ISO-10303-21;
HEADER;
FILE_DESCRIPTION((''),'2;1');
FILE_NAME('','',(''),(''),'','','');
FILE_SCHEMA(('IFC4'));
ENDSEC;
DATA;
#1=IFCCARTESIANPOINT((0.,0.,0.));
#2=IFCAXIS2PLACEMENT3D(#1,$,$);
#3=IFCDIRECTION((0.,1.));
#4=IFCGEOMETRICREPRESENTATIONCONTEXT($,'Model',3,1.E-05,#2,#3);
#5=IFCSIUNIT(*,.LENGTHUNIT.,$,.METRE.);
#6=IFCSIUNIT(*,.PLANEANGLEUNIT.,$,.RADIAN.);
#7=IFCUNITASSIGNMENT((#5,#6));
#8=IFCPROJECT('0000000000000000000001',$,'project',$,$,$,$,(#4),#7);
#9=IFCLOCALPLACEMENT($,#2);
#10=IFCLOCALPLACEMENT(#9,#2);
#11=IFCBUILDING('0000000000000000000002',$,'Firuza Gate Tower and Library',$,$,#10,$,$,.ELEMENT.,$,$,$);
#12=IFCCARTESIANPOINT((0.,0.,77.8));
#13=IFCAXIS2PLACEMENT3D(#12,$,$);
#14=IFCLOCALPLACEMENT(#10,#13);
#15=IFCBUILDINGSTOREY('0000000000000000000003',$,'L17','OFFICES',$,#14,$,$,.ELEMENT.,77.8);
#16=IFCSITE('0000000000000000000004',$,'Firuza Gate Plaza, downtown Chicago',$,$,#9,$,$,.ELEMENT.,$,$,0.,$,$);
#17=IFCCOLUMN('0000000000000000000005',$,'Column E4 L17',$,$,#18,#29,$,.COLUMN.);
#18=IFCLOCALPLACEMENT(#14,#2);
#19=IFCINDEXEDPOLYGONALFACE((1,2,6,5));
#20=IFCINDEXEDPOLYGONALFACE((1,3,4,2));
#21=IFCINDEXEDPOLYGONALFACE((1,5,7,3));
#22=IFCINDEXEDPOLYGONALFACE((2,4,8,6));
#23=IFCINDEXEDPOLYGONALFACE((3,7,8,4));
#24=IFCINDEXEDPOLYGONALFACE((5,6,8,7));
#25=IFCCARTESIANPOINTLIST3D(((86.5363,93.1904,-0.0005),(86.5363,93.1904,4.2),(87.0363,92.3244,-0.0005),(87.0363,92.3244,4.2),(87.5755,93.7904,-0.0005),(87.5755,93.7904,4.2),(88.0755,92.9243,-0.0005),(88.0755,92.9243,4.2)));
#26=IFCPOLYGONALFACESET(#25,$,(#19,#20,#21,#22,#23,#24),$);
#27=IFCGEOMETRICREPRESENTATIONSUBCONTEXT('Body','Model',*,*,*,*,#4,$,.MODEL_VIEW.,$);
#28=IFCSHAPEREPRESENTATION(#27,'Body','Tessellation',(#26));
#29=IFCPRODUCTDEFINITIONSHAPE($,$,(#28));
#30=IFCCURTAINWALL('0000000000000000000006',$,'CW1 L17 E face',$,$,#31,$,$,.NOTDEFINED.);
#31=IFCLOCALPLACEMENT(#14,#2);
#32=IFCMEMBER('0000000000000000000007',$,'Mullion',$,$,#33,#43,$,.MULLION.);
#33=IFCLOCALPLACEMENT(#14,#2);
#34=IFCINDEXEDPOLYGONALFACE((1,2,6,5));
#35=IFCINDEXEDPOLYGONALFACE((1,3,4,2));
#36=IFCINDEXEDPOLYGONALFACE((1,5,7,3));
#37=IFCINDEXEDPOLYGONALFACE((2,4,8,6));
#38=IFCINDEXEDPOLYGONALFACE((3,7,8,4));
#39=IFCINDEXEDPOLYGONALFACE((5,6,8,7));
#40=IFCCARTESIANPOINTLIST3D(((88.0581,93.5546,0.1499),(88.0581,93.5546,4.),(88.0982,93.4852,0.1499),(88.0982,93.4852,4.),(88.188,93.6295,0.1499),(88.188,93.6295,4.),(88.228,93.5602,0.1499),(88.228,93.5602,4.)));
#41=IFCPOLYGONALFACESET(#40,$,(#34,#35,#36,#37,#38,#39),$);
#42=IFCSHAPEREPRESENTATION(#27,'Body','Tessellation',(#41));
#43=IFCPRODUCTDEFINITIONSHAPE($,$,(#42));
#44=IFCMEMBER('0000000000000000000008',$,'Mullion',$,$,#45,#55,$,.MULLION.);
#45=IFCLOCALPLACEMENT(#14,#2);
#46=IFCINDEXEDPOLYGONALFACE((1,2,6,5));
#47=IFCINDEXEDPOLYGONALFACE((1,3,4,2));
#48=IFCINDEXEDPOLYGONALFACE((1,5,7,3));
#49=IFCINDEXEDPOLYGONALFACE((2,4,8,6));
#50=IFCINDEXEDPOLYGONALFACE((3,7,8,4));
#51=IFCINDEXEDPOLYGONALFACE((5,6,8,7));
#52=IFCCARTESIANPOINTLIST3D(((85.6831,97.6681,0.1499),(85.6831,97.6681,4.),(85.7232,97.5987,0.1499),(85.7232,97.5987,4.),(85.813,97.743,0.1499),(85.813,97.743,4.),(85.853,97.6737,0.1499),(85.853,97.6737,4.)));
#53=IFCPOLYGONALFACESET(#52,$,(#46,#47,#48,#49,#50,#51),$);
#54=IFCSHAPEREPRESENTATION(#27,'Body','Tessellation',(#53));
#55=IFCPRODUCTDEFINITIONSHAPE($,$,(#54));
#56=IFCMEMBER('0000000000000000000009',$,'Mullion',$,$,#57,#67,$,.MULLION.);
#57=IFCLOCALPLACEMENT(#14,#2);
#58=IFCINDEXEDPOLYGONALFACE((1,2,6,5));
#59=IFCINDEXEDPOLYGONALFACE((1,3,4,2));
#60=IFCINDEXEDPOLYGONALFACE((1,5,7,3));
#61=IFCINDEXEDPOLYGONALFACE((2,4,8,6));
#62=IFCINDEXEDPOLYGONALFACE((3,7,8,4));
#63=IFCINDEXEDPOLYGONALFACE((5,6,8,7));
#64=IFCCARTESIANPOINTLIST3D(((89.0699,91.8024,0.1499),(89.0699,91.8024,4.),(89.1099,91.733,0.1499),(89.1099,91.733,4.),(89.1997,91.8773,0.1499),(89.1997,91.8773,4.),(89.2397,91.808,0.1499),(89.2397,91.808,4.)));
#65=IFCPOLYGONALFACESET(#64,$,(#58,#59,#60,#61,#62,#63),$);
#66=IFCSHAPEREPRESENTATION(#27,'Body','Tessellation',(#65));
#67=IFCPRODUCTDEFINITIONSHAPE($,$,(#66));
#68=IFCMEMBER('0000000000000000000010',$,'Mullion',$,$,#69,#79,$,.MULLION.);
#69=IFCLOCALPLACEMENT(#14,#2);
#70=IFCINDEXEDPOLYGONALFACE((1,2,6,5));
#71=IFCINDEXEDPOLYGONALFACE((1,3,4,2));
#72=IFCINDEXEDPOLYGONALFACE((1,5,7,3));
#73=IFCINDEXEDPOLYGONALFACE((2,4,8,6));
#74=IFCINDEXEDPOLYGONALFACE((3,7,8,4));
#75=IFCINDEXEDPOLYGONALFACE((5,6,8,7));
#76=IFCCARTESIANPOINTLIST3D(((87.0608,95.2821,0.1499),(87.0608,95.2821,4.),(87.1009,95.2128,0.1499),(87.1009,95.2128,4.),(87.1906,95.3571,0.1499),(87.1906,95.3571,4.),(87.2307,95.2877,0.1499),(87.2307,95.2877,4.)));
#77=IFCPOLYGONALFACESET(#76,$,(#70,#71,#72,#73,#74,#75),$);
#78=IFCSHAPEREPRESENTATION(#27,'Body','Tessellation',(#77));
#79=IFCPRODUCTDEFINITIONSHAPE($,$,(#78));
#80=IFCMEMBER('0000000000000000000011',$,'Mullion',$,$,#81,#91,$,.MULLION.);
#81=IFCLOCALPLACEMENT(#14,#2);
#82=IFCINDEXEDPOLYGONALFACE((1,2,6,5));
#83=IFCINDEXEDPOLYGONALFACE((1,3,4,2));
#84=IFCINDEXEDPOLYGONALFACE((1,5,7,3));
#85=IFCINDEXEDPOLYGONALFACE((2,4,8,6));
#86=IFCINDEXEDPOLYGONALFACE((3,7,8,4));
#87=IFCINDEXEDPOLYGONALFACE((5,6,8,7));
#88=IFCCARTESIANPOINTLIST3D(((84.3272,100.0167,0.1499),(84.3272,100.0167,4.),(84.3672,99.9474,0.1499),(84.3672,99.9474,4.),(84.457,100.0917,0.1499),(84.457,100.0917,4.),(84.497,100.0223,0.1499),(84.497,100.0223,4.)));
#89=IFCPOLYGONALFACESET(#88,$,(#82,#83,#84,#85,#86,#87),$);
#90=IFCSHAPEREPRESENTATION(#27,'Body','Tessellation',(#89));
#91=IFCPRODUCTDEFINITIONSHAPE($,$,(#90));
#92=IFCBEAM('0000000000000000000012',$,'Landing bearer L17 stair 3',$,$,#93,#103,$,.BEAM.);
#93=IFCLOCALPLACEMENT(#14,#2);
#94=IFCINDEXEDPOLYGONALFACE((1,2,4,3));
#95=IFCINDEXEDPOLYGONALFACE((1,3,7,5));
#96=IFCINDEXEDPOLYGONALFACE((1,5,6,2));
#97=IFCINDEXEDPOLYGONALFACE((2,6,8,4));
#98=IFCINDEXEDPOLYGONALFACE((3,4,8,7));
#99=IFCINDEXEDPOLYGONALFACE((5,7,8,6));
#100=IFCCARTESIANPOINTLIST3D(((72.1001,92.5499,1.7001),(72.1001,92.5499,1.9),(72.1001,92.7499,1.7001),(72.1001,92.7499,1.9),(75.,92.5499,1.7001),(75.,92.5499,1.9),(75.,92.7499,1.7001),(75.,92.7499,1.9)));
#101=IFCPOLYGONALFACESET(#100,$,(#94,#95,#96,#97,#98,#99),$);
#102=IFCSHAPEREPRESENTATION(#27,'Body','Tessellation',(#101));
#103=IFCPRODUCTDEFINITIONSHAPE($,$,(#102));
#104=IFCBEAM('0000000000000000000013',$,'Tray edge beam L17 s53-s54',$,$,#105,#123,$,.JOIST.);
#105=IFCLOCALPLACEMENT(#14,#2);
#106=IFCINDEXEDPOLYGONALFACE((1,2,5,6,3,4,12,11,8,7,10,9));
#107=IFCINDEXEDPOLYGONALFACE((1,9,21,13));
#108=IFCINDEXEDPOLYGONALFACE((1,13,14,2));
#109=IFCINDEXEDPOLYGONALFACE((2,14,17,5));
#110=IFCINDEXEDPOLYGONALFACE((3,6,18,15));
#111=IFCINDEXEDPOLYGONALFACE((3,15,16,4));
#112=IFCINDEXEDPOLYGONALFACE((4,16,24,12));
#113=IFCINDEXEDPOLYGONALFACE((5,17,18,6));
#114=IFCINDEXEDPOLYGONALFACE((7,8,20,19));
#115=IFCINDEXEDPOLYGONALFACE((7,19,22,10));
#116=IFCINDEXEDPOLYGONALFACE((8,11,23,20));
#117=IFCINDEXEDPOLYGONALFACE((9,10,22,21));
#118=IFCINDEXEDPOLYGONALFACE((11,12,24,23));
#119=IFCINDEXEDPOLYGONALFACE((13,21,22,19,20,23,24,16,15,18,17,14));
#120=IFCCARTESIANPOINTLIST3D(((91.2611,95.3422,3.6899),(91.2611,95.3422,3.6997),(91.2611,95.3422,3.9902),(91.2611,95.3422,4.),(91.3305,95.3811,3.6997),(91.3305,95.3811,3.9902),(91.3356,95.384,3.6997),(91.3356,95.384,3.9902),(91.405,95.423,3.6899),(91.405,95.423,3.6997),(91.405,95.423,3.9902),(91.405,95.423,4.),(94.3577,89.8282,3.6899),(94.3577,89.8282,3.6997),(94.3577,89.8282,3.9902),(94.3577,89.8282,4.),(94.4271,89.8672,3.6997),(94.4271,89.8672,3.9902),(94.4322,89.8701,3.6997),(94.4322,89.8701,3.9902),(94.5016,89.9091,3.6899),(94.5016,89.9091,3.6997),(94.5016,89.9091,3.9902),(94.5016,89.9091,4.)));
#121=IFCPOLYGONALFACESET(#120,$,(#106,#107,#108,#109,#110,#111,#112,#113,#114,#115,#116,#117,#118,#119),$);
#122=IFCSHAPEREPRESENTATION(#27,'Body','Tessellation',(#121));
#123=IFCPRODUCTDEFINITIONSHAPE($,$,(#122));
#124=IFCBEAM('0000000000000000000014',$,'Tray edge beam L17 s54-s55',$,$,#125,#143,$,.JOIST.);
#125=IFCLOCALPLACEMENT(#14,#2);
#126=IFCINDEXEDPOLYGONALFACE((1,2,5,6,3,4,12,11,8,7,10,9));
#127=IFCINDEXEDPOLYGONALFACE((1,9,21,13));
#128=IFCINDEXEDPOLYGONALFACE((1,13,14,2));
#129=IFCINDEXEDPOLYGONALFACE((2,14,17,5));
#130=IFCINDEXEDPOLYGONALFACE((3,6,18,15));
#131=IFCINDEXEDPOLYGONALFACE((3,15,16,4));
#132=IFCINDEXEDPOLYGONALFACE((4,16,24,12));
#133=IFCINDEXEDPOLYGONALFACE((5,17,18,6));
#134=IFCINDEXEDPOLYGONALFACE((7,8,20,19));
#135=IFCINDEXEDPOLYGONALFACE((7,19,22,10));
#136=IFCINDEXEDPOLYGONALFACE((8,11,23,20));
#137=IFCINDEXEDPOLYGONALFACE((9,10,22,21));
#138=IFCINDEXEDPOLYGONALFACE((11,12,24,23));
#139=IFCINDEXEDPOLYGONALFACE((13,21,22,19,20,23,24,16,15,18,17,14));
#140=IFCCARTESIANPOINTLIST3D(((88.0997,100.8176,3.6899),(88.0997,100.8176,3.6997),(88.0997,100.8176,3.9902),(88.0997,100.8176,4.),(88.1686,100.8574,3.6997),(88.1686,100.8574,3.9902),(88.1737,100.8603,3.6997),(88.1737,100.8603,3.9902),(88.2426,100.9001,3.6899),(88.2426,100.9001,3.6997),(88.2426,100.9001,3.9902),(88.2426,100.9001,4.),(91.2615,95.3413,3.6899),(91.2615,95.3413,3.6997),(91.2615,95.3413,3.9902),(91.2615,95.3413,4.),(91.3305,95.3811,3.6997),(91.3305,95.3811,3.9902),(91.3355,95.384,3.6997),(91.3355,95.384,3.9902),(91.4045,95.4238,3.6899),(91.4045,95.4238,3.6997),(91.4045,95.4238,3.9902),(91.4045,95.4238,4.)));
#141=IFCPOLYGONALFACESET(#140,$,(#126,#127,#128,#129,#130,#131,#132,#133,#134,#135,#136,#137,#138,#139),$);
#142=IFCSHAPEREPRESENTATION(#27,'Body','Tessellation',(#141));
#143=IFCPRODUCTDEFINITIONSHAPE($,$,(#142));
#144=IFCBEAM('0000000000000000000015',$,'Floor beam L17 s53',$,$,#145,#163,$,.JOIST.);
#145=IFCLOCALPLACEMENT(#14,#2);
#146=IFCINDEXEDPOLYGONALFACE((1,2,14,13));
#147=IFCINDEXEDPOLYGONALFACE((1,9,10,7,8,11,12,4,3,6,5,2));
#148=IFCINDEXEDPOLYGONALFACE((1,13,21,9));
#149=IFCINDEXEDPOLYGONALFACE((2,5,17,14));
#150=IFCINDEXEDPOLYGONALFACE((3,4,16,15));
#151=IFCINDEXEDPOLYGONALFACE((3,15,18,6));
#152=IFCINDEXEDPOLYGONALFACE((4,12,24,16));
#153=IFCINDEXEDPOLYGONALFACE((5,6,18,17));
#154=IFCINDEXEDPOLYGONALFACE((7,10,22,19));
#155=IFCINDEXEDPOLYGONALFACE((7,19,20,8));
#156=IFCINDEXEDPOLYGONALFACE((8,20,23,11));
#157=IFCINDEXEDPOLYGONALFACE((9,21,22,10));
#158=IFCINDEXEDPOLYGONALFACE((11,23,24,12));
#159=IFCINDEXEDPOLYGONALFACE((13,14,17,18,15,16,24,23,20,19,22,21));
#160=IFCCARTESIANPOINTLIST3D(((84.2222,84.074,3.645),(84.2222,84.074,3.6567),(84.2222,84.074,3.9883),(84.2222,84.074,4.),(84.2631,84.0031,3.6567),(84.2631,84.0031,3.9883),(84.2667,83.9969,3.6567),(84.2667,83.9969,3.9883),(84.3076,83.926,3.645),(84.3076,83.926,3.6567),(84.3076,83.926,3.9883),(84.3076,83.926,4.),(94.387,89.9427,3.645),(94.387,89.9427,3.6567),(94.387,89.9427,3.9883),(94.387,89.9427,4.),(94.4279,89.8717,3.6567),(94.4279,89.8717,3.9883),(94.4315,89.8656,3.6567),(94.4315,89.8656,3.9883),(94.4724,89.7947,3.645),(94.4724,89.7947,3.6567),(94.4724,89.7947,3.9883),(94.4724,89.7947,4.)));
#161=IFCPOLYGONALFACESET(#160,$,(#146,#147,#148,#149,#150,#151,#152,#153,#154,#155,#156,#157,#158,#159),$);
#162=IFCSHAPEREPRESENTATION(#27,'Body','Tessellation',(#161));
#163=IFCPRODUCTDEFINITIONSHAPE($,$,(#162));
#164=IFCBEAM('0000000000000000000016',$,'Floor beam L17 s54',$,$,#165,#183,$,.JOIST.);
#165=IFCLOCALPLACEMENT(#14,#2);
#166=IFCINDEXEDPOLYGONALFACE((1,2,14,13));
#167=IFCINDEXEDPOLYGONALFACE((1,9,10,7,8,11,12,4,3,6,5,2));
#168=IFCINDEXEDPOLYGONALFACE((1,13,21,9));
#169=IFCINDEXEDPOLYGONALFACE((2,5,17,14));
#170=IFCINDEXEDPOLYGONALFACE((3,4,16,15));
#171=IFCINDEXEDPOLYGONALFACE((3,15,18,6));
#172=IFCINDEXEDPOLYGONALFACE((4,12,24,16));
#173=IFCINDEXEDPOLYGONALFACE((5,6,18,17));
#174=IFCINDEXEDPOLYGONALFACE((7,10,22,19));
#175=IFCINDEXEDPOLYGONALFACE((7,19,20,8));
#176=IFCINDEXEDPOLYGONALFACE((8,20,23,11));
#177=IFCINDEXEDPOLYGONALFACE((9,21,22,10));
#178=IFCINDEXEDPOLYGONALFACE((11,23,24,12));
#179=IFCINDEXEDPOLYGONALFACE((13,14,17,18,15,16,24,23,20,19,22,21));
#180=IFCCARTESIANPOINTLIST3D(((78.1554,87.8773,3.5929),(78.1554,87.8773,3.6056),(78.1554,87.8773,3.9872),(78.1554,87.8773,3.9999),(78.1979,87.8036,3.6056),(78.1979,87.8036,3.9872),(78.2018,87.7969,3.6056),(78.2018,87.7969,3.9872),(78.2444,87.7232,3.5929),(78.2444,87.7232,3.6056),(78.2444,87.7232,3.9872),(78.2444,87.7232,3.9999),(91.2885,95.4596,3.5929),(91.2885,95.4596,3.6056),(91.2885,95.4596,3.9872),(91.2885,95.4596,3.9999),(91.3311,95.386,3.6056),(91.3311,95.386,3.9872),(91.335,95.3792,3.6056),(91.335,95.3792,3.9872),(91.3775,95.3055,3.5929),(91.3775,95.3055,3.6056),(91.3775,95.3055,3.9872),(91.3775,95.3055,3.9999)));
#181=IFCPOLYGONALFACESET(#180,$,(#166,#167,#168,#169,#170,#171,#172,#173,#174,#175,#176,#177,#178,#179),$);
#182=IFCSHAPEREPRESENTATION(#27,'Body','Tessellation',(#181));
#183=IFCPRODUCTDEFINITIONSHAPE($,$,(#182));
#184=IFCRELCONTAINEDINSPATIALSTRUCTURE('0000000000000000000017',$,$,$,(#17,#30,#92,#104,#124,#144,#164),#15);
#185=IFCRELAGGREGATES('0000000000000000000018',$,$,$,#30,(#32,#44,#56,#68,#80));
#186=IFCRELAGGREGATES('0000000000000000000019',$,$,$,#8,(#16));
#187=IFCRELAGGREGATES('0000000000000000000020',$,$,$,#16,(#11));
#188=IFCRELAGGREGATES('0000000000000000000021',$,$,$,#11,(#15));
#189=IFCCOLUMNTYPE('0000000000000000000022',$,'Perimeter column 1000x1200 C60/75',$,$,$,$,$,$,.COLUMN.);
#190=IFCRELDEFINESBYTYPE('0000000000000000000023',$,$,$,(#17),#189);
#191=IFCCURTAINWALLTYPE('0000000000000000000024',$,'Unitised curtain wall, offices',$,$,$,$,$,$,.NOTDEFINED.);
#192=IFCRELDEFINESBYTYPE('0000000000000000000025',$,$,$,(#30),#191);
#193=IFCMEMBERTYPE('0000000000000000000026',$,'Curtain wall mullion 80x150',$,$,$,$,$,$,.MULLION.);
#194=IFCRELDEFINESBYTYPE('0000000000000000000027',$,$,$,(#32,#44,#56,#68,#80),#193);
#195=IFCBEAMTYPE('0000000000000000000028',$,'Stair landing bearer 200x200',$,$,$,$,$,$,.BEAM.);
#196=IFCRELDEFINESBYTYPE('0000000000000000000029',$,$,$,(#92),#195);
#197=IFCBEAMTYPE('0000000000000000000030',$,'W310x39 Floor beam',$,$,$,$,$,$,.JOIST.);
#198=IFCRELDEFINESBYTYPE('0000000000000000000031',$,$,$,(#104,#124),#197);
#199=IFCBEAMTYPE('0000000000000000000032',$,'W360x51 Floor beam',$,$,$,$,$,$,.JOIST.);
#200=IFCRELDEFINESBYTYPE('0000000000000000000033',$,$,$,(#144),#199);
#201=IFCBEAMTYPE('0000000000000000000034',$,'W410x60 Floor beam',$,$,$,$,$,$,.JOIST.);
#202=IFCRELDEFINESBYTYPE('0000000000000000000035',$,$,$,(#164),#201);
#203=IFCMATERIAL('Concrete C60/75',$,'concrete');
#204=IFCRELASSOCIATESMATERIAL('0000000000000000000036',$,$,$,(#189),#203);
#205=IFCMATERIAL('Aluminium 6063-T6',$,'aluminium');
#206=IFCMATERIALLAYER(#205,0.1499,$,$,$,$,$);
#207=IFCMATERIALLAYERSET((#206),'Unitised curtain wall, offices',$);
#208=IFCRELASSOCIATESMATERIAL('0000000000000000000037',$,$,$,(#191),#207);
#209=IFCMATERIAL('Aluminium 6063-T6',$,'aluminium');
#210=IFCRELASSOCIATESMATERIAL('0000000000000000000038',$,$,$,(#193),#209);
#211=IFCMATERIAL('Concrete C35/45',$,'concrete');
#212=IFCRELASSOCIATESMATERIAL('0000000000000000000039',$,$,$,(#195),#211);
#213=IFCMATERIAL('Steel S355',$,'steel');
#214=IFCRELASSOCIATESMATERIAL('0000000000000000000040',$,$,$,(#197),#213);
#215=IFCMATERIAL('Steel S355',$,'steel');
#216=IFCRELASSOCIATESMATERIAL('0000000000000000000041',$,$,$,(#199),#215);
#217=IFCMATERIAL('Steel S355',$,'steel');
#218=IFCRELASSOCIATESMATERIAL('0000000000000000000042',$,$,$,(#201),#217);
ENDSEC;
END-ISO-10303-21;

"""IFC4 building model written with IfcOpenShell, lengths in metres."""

from ifc_helpers import new_model, si_unit, direction, frame, origin, origin_2d, place, context, subcontext, project, spatial, rectangle, i_section, extrude, material, layer, layer_set, material_profile, profile_set, type_object, element, aggregate, save


model = new_model("IFC4")

# Units and contexts
model_context = context("Model", 3, precision=1e-05, world=origin(), true_north=direction((0.0, 1.0)))
body_context = subcontext(model_context, "Body", "Model", "MODEL_VIEW")
ifc_project = project(units=[si_unit("LENGTHUNIT", "METRE"), si_unit("PLANEANGLEUNIT", "RADIAN")], contexts=[model_context])

# Site, building, storey
site_placement = place(None, origin())
site = spatial("IfcSite", under=ifc_project, at=site_placement, Name="Firuza Gate Plaza, downtown Chicago", CompositionType="ELEMENT", RefElevation=0.0)
building_placement = place(site_placement, origin())
building = spatial("IfcBuilding", under=site, at=building_placement, Name="Firuza Gate Tower and Library", CompositionType="ELEMENT")
storey_placement = place(building_placement, frame((0.0, 0.0, 77.8)))
storey = spatial("IfcBuildingStorey", under=building, at=storey_placement, Name="L17", Description="OFFICES", CompositionType="ELEMENT", Elevation=77.8)

# Column
ifc_material_1 = material(Name="Concrete C60/75", Category="concrete")
ifc_material_profile_1 = material_profile(ifc_material_1, rectangle(XDim=1.0, YDim=1.2, at=origin_2d()))
ifc_profile_set_1 = profile_set([ifc_material_profile_1], Name="Concrete C60/75")
column_type = type_object("IfcColumnType", Name="Perimeter column 1000x1200 C60/75", PredefinedType="COLUMN", material=ifc_profile_set_1)
column_placement = place(storey_placement, frame((87.3059, 93.0574, -0.0005), z_axis=(0.0, 0.0, 1.0), x_axis=(-0.5, 0.866025, 0.0)))
element("IfcColumn", 1, at=column_placement, inside=storey, type_object=column_type, Name="Column E4 L17", PredefinedType="COLUMN", context=body_context, shape_type="SweptSolid", body=[
    extrude(rectangle(XDim=1.0, YDim=1.2, at=origin_2d()), origin(), (0.0, 0.0, 1.0), 4.2004),
])

# Curtain wall, members
ifc_material_2 = material(Name="Aluminium 6063-T6", Category="aluminium")
ifc_layer_1 = layer(ifc_material_2, 0.1499)
ifc_layer_set_1 = layer_set([ifc_layer_1], Name="Unitised curtain wall, offices")
curtain_wall_type = type_object("IfcCurtainWallType", Name="Unitised curtain wall, offices", PredefinedType="NOTDEFINED", material=ifc_layer_set_1)
curtain_wall_placement = place(storey_placement, origin())
curtain_wall = element("IfcCurtainWall", 2, at=curtain_wall_placement, inside=storey, type_object=curtain_wall_type, Name="CW1 L17 E face", PredefinedType="NOTDEFINED")
ifc_material_3 = material(Name="Aluminium 6063-T6", Category="aluminium")
ifc_material_profile_2 = material_profile(ifc_material_3, rectangle(XDim=0.1499, YDim=0.0801, at=origin_2d()))
ifc_profile_set_2 = profile_set([ifc_material_profile_2], Name="Aluminium 6063-T6")
member_type = type_object("IfcMemberType", Name="Curtain wall mullion 80x150", PredefinedType="MULLION", material=ifc_profile_set_2)
member_1_placement = place(storey_placement, frame((88.1431, 93.5574, 0.1499), z_axis=(0.0, 0.0, 1.0), x_axis=(-0.866025, -0.5, 0.0)))
member_1 = element("IfcMember", 3, at=member_1_placement, type_object=member_type, Name="Mullion", PredefinedType="MULLION", context=body_context, shape_type="SweptSolid", body=[
    extrude(rectangle(XDim=0.1499, YDim=0.0801, at=origin_2d()), origin(), (0.0, 0.0, 1.0), 3.8501),
])
member_2_placement = place(storey_placement, frame((85.7681, 97.6709, 0.1499), z_axis=(0.0, 0.0, 1.0), x_axis=(-0.866025, -0.5, 0.0)))
member_2 = element("IfcMember", 4, at=member_2_placement, type_object=member_type, Name="Mullion", PredefinedType="MULLION", context=body_context, shape_type="SweptSolid", body=[
    extrude(rectangle(XDim=0.1499, YDim=0.0801, at=origin_2d()), origin(), (0.0, 0.0, 1.0), 3.8501),
])
member_3_placement = place(storey_placement, frame((89.1548, 91.8052, 0.1499), z_axis=(0.0, 0.0, 1.0), x_axis=(-0.866025, -0.5, 0.0)))
member_3 = element("IfcMember", 5, at=member_3_placement, type_object=member_type, Name="Mullion", PredefinedType="MULLION", context=body_context, shape_type="SweptSolid", body=[
    extrude(rectangle(XDim=0.1499, YDim=0.0801, at=origin_2d()), origin(), (0.0, 0.0, 1.0), 3.8501),
])
member_4_placement = place(storey_placement, frame((87.1458, 95.2849, 0.1499), z_axis=(0.0, 0.0, 1.0), x_axis=(-0.866025, -0.5, 0.0)))
member_4 = element("IfcMember", 6, at=member_4_placement, type_object=member_type, Name="Mullion", PredefinedType="MULLION", context=body_context, shape_type="SweptSolid", body=[
    extrude(rectangle(XDim=0.1499, YDim=0.0801, at=origin_2d()), origin(), (0.0, 0.0, 1.0), 3.8501),
])
member_5_placement = place(storey_placement, frame((84.4121, 100.0195, 0.1499), z_axis=(0.0, 0.0, 1.0), x_axis=(-0.866025, -0.5, 0.0)))
member_5 = element("IfcMember", 7, at=member_5_placement, type_object=member_type, Name="Mullion", PredefinedType="MULLION", context=body_context, shape_type="SweptSolid", body=[
    extrude(rectangle(XDim=0.1499, YDim=0.0801, at=origin_2d()), origin(), (0.0, 0.0, 1.0), 3.8501),
])

# Beams
ifc_material_4 = material(Name="Concrete C35/45", Category="concrete")
ifc_material_profile_3 = material_profile(ifc_material_4, rectangle(XDim=0.2, YDim=0.2, at=origin_2d()))
ifc_profile_set_3 = profile_set([ifc_material_profile_3], Name="Concrete C35/45")
beam_type_1 = type_object("IfcBeamType", Name="Stair landing bearer 200x200", PredefinedType="BEAM", material=ifc_profile_set_3)
beam_1_placement = place(storey_placement, frame((75.0, 92.6499, 1.8), z_axis=(-1.0, 0.0, 0.0), x_axis=(0.0, -1.0, 0.0)))
element("IfcBeam", 8, at=beam_1_placement, inside=storey, type_object=beam_type_1, Name="Landing bearer L17 stair 3", PredefinedType="BEAM", context=body_context, shape_type="SweptSolid", body=[
    extrude(rectangle(XDim=0.2, YDim=0.2, at=origin_2d()), origin(), (0.0, 0.0, 1.0), 2.8999),
])
ifc_material_5 = material(Name="Steel S355", Category="steel")
ifc_material_profile_4 = material_profile(ifc_material_5, i_section(OverallWidth=0.165, OverallDepth=0.3101, WebThickness=0.0059, FlangeThickness=0.0098, at=origin_2d()))
ifc_profile_set_4 = profile_set([ifc_material_profile_4], Name="Steel S355")
beam_type_2 = type_object("IfcBeamType", Name="W310x39 Floor beam", PredefinedType="JOIST", material=ifc_profile_set_4)
beam_2_placement = place(storey_placement, frame((94.4297, 89.8687, 3.845), z_axis=(-0.489673, 0.871906, 0.0), x_axis=(-0.871906, -0.489673, 0.0)))
element("IfcBeam", 9, at=beam_2_placement, inside=storey, type_object=beam_type_2, Name="Tray edge beam L17 s53-s54", PredefinedType="JOIST", context=body_context, shape_type="SweptSolid", body=[
    extrude(i_section(OverallWidth=0.165, OverallDepth=0.3101, WebThickness=0.0059, FlangeThickness=0.0098, at=origin_2d()), origin(), (0.0, 0.0, 1.0), 6.324),
])
beam_3_placement = place(storey_placement, frame((91.333, 95.3826, 3.845), z_axis=(-0.500013, 0.866018, 0.0), x_axis=(-0.866018, -0.500013, 0.0)))
element("IfcBeam", 10, at=beam_3_placement, inside=storey, type_object=beam_type_2, Name="Tray edge beam L17 s54-s55", PredefinedType="JOIST", context=body_context, shape_type="SweptSolid", body=[
    extrude(i_section(OverallWidth=0.165, OverallDepth=0.3101, WebThickness=0.0059, FlangeThickness=0.0098, at=origin_2d()), origin(), (0.0, 0.0, 1.0), 6.3235),
])
ifc_material_6 = material(Name="Steel S355", Category="steel")
ifc_material_profile_5 = material_profile(ifc_material_6, i_section(OverallWidth=0.1709, OverallDepth=0.355, WebThickness=0.0071, FlangeThickness=0.0117, at=origin_2d()))
ifc_profile_set_5 = profile_set([ifc_material_profile_5], Name="Steel S355")
beam_type_3 = type_object("IfcBeamType", Name="W360x51 Floor beam", PredefinedType="JOIST", material=ifc_profile_set_5)
beam_4_placement = place(storey_placement, frame((94.4297, 89.8687, 3.8225), z_axis=(-0.866025, -0.5, 0.0), x_axis=(0.5, -0.866025, 0.0)))
element("IfcBeam", 11, at=beam_4_placement, inside=storey, type_object=beam_type_3, Name="Floor beam L17 s53", PredefinedType="JOIST", context=body_context, shape_type="SweptSolid", body=[
    extrude(i_section(OverallWidth=0.1709, OverallDepth=0.355, WebThickness=0.0071, FlangeThickness=0.0117, at=origin_2d()), origin(), (0.0, 0.0, 1.0), 11.7373),
])
ifc_material_7 = material(Name="Steel S355", Category="steel")
ifc_material_profile_6 = material_profile(ifc_material_7, i_section(OverallWidth=0.178, OverallDepth=0.407, WebThickness=0.0078, FlangeThickness=0.0127, at=origin_2d()))
ifc_profile_set_6 = profile_set([ifc_material_profile_6], Name="Steel S355")
beam_type_4 = type_object("IfcBeamType", Name="W410x60 Floor beam", PredefinedType="JOIST", material=ifc_profile_set_6)
beam_5_placement = place(storey_placement, frame((91.333, 95.3826, 3.7964), z_axis=(-0.866028, -0.499995, 0.0), x_axis=(0.499995, -0.866028, 0.0)))
element("IfcBeam", 12, at=beam_5_placement, inside=storey, type_object=beam_type_4, Name="Floor beam L17 s54", PredefinedType="JOIST", context=body_context, shape_type="SweptSolid", body=[
    extrude(i_section(OverallWidth=0.178, OverallDepth=0.407, WebThickness=0.0078, FlangeThickness=0.0127, at=origin_2d()), origin(), (0.0, 0.0, 1.0), 15.1648),
])

aggregate(curtain_wall, [member_1, member_2, member_3, member_4, member_5])

save(model, "model.ifc")
